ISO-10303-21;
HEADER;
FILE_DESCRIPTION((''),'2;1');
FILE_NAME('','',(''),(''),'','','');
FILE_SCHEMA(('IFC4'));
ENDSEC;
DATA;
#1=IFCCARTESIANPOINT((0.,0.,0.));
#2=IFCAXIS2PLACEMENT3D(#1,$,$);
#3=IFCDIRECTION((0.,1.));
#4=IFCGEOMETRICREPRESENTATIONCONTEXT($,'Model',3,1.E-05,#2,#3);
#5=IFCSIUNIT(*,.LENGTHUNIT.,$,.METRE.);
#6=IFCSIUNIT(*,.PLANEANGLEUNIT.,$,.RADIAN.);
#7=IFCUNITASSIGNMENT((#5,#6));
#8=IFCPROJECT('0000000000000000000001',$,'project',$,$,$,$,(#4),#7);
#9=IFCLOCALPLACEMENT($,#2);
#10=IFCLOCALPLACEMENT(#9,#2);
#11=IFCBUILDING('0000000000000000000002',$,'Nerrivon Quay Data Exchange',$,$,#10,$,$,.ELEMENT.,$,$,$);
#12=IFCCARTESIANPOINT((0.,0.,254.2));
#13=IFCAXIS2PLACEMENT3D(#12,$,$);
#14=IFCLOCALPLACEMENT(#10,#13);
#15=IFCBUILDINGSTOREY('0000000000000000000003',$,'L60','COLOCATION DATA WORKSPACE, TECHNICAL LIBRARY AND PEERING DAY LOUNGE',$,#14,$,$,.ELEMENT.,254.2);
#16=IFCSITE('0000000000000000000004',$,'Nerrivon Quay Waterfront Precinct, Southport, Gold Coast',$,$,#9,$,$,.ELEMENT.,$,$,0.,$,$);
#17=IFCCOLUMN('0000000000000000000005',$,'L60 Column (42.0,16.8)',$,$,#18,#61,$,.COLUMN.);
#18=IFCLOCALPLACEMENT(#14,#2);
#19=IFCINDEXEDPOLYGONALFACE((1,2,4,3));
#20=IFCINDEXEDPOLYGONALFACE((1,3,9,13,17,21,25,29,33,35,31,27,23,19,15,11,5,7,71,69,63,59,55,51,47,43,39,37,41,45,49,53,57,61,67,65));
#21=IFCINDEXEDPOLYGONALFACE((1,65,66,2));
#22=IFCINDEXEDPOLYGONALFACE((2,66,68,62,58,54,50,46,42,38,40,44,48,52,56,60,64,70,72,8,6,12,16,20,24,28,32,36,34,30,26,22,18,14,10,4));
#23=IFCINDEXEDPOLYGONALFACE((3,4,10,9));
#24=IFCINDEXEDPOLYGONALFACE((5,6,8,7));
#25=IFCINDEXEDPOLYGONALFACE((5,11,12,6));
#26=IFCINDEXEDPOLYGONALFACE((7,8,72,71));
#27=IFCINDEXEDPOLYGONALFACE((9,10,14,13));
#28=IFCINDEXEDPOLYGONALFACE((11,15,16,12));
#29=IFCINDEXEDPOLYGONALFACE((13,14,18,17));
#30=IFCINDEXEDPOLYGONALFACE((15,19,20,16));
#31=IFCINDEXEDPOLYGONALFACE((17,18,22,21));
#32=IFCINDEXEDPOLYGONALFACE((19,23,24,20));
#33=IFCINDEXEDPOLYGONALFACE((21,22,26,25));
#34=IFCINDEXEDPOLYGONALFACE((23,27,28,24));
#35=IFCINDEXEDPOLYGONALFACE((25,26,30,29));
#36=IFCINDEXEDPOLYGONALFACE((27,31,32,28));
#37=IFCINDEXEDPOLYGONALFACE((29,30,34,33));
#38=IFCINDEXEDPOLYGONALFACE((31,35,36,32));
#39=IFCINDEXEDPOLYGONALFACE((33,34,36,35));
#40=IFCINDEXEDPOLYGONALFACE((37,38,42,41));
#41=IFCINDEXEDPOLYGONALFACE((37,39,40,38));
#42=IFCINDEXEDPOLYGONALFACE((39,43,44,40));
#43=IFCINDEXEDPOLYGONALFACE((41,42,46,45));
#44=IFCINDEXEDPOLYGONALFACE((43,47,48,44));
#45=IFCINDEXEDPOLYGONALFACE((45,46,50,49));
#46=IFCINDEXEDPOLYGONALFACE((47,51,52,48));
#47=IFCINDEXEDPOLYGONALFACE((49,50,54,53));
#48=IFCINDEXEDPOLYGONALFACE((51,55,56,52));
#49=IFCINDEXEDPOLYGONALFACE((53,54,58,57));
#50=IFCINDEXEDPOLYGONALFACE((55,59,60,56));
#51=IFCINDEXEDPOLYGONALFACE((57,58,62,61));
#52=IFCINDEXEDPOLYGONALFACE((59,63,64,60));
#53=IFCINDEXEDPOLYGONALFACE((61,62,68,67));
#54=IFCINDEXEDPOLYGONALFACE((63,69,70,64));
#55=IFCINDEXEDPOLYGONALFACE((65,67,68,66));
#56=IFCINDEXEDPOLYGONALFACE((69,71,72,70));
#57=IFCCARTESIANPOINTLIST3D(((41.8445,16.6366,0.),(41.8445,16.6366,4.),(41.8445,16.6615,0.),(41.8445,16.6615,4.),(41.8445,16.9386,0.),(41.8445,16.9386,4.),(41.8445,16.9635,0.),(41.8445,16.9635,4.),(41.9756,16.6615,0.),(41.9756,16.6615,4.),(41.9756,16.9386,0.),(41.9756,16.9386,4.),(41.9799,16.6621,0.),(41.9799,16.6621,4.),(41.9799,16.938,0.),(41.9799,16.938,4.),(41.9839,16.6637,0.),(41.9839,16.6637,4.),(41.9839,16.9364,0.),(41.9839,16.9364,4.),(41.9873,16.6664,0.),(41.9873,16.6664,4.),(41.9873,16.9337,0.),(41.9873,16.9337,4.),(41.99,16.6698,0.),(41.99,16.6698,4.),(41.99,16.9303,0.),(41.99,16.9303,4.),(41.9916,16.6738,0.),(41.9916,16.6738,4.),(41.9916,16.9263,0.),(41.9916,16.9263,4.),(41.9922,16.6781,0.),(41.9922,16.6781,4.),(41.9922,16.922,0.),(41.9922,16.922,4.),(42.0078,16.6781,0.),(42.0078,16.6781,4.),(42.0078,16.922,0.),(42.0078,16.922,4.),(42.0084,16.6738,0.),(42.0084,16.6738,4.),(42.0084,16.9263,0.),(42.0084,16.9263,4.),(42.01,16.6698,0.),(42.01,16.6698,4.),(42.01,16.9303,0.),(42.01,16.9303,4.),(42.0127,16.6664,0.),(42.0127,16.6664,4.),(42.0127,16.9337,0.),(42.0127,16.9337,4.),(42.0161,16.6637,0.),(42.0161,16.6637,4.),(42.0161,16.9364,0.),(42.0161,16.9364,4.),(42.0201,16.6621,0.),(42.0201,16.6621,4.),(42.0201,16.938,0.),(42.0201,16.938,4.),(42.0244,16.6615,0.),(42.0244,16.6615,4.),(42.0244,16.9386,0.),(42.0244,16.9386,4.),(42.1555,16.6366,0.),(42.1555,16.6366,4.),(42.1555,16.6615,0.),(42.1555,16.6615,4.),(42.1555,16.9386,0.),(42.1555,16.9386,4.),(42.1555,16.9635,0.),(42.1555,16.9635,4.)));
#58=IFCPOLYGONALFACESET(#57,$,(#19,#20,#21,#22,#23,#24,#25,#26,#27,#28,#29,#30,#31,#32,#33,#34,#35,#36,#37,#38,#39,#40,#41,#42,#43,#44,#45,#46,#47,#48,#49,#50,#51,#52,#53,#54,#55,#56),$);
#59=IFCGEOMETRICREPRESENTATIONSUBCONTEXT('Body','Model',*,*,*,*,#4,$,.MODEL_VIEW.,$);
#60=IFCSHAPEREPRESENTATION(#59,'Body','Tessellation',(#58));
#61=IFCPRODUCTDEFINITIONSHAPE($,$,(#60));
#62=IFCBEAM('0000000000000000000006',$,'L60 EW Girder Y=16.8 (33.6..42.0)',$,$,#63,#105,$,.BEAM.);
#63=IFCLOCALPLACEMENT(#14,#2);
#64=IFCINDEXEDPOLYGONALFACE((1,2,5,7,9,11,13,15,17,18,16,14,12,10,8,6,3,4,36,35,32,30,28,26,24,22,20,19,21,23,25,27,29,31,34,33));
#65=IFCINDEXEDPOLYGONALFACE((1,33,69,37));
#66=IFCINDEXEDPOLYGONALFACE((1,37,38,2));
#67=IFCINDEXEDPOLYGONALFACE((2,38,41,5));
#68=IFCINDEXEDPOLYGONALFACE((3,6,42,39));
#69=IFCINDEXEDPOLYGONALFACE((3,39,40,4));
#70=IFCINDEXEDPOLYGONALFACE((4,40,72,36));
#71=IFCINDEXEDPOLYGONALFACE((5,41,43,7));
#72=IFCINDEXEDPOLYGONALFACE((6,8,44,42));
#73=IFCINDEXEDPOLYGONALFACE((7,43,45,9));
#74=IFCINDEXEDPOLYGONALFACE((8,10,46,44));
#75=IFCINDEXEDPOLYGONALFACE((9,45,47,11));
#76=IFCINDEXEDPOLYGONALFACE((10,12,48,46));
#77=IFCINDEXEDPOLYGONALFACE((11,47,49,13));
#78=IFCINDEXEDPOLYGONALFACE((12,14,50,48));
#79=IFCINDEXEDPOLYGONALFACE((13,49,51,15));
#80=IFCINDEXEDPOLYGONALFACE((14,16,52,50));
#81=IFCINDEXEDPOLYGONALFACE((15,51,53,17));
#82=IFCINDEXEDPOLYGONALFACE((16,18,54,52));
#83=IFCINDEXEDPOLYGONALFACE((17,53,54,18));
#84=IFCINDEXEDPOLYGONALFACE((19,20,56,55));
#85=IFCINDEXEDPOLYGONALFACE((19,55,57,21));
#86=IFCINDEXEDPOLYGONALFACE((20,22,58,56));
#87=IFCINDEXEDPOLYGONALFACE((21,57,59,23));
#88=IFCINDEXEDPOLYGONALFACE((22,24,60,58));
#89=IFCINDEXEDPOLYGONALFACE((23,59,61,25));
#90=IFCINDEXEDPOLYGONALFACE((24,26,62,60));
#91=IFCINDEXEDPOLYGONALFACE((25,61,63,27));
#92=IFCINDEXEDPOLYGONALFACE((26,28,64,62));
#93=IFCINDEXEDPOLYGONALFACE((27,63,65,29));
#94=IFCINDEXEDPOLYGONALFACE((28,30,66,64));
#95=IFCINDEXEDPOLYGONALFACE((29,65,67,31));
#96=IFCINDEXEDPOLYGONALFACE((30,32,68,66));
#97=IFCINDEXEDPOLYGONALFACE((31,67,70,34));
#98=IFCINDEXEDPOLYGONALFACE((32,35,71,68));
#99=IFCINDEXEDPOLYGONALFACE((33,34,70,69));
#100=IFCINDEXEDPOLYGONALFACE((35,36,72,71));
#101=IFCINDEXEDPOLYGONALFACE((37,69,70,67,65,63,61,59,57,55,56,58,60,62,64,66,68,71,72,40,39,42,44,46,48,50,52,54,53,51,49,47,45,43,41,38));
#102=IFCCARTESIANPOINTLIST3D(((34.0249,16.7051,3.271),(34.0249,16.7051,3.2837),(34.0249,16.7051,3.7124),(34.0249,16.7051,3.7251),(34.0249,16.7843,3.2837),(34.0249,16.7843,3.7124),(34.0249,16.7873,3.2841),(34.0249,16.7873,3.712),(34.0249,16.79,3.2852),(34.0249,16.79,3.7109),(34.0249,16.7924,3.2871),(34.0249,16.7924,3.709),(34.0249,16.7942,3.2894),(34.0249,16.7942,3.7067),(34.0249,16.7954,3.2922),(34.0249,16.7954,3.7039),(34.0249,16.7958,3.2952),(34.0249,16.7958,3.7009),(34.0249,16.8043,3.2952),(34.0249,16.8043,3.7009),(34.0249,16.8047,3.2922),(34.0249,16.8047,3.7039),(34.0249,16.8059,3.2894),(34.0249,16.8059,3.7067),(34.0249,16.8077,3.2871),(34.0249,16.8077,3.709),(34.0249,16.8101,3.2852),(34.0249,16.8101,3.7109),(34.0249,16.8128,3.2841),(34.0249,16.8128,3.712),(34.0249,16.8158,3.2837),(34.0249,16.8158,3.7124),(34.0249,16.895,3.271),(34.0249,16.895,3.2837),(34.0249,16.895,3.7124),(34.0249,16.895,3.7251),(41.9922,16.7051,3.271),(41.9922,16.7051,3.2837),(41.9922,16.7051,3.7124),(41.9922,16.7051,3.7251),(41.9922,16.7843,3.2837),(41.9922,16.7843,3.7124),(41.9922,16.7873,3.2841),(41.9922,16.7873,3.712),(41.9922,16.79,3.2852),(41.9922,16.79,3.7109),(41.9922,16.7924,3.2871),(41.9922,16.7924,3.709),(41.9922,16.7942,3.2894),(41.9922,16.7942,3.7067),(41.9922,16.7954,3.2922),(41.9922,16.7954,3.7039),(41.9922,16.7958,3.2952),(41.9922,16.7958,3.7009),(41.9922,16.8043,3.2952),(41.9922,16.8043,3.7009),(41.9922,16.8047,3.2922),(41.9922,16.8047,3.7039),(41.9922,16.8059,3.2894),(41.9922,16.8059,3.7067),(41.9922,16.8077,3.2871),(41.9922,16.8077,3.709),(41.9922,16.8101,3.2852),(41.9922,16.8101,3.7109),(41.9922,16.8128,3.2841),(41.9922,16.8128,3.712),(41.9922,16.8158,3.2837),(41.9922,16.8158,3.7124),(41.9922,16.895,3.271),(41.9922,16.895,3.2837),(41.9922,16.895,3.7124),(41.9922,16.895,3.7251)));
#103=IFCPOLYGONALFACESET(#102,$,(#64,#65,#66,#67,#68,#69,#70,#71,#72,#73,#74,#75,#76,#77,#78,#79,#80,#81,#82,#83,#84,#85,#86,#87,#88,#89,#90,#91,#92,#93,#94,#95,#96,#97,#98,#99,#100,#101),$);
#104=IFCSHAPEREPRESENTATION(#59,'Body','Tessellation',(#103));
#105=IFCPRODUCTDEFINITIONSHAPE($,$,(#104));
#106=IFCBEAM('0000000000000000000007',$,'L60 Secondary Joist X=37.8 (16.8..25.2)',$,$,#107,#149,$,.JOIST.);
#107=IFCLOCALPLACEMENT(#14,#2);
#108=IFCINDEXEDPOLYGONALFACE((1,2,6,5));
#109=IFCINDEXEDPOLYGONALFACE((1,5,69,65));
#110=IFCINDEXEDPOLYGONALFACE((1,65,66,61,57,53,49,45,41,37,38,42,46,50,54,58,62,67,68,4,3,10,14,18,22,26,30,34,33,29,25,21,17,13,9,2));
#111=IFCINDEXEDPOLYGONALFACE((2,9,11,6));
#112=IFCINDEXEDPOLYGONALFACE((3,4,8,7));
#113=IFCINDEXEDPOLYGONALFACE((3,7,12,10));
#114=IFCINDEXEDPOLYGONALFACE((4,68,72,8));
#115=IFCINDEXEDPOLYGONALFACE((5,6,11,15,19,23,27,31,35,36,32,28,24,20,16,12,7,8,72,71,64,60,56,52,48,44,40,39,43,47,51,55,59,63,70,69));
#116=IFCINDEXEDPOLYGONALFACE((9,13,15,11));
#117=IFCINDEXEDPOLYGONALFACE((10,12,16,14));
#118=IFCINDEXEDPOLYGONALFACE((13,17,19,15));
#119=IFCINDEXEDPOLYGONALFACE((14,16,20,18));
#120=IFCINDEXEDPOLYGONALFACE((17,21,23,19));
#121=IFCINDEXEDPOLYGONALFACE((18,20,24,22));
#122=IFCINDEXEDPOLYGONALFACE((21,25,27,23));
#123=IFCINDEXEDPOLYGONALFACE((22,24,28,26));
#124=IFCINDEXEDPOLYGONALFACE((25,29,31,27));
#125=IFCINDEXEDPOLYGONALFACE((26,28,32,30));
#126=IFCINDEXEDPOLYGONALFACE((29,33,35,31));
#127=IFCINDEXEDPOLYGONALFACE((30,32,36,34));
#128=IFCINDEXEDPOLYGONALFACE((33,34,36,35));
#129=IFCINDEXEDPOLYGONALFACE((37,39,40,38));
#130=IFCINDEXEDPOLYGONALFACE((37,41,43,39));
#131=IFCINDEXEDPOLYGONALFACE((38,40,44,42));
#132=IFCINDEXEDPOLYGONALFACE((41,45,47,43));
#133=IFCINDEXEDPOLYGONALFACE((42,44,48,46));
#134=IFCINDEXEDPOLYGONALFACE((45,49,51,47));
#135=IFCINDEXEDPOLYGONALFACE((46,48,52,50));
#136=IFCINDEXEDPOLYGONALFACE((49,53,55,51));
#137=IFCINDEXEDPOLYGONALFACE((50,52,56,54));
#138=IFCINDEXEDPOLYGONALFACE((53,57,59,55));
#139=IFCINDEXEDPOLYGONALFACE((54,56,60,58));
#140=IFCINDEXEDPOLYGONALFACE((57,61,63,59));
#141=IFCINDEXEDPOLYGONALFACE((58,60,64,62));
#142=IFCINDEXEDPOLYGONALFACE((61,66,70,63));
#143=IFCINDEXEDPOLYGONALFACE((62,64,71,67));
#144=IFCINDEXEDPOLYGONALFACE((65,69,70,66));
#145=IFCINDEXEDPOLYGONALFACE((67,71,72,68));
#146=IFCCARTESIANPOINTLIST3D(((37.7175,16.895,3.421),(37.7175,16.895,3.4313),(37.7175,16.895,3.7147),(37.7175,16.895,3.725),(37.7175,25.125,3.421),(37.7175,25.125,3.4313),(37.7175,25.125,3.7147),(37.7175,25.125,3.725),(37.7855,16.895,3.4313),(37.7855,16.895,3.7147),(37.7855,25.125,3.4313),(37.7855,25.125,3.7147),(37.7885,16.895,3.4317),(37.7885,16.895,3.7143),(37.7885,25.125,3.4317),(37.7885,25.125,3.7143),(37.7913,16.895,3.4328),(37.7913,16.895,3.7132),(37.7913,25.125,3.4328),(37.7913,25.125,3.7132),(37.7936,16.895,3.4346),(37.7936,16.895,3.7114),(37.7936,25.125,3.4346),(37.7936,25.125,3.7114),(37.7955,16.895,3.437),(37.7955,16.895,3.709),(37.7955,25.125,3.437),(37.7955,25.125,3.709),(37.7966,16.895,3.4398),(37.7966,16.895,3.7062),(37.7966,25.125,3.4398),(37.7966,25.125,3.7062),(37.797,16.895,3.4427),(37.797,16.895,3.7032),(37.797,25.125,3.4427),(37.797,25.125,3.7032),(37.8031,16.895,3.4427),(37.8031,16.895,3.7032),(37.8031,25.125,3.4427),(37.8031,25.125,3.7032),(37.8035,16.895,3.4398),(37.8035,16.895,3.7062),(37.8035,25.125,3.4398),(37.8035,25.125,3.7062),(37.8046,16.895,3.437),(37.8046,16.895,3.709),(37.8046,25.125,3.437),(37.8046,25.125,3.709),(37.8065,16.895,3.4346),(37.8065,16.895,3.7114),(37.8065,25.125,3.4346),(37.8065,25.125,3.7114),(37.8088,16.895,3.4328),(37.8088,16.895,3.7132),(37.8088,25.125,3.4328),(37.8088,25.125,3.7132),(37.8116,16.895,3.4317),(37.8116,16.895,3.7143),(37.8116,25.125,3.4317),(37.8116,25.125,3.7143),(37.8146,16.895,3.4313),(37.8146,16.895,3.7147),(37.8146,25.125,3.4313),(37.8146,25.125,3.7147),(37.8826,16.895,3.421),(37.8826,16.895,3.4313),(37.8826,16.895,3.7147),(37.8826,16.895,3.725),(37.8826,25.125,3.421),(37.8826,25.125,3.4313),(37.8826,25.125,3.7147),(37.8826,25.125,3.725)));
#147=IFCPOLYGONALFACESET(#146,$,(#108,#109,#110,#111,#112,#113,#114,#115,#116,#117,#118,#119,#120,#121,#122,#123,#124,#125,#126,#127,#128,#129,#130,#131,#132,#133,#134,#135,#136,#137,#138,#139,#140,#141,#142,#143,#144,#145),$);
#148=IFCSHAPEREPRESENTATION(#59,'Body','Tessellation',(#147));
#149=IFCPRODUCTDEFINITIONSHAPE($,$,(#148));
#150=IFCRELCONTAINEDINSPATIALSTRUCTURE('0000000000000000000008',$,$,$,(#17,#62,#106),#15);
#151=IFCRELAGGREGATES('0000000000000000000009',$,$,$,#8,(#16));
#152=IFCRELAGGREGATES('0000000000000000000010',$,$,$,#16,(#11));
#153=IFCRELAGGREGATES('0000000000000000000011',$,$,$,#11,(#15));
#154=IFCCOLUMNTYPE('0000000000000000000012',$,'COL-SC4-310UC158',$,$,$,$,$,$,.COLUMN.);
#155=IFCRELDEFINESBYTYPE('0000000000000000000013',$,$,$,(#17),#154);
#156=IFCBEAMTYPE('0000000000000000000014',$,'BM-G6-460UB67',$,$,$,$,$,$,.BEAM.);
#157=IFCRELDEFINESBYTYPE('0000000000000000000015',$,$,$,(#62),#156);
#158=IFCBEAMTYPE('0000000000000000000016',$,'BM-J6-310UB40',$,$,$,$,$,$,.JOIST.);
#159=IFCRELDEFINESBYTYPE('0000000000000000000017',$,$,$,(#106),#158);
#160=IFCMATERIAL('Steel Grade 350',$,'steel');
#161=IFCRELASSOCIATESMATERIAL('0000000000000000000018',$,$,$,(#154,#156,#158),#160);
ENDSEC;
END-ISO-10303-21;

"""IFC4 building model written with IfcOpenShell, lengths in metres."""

from ifc_helpers import new_model, si_unit, direction, frame, origin, origin_2d, place, context, subcontext, project, spatial, i_section, extrude, material, material_profile, profile_set, type_object, element, save


model = new_model("IFC4")

# Units and contexts
model_context = context("Model", 3, precision=1e-05, world=origin(), true_north=direction((0.0, 1.0)))
body_context = subcontext(model_context, "Body", "Model", "MODEL_VIEW")
ifc_project = project(units=[si_unit("LENGTHUNIT", "METRE"), si_unit("PLANEANGLEUNIT", "RADIAN")], contexts=[model_context])

# Site, building, storey
site_placement = place(None, origin())
site = spatial("IfcSite", under=ifc_project, at=site_placement, Name="Nerrivon Quay Waterfront Precinct, Southport, Gold Coast", CompositionType="ELEMENT", RefElevation=0.0)
building_placement = place(site_placement, origin())
building = spatial("IfcBuilding", under=site, at=building_placement, Name="Nerrivon Quay Data Exchange", CompositionType="ELEMENT")
storey_placement = place(building_placement, frame((0.0, 0.0, 254.2)))
storey = spatial("IfcBuildingStorey", under=building, at=storey_placement, Name="L60", Description="COLOCATION DATA WORKSPACE, TECHNICAL LIBRARY AND PEERING DAY LOUNGE", CompositionType="ELEMENT", Elevation=254.2)

# Column
ifc_material_1 = material(Name="Steel Grade 350", Category="steel")
ifc_material_profile_1 = material_profile(ifc_material_1, i_section(OverallWidth=0.311, OverallDepth=0.3269, WebThickness=0.0156, FlangeThickness=0.0249, FilletRadius=0.0166, at=origin_2d()), Name="310UC158")
ifc_profile_set_1 = profile_set([ifc_material_profile_1], Name="Steel Grade 350")
column_type = type_object("IfcColumnType", Name="COL-SC4-310UC158", PredefinedType="COLUMN", material=ifc_profile_set_1)
column_placement = place(storey_placement, frame((42.0, 16.8, 0.0), z_axis=(0.0, 0.0, 1.0), x_axis=(1.0, 0.0, 0.0)))
element("IfcColumn", 1, at=column_placement, inside=storey, type_object=column_type, Name="L60 Column (42.0,16.8)", PredefinedType="COLUMN", context=body_context, shape_type="SweptSolid", body=[
    extrude(i_section(OverallWidth=0.311, OverallDepth=0.3269, WebThickness=0.0156, FlangeThickness=0.0249, FilletRadius=0.0166, at=origin_2d()), origin(), (0.0, 0.0, 1.0), 4.0),
])

# Beams
ifc_material_profile_2 = material_profile(ifc_material_1, i_section(OverallWidth=0.1899, OverallDepth=0.4541, WebThickness=0.0085, FlangeThickness=0.0127, FilletRadius=0.0115, at=origin_2d()), Name="460UB67.1")
ifc_profile_set_2 = profile_set([ifc_material_profile_2], Name="Steel Grade 350")
beam_type_1 = type_object("IfcBeamType", Name="BM-G6-460UB67", PredefinedType="BEAM", material=ifc_profile_set_2)
beam_1_placement = place(storey_placement, frame((34.0249, 16.8, 3.498), z_axis=(1.0, 0.0, 0.0), x_axis=(0.0, 1.0, 0.0)))
element("IfcBeam", 2, at=beam_1_placement, inside=storey, type_object=beam_type_1, Name="L60 EW Girder Y=16.8 (33.6..42.0)", PredefinedType="BEAM", context=body_context, shape_type="SweptSolid", body=[
    extrude(i_section(OverallWidth=0.1899, OverallDepth=0.4541, WebThickness=0.0085, FlangeThickness=0.0127, FilletRadius=0.0115, at=origin_2d()), origin(), (0.0, 0.0, 1.0), 7.9673),
])
ifc_material_profile_3 = material_profile(ifc_material_1, i_section(OverallWidth=0.165, OverallDepth=0.304, WebThickness=0.0061, FlangeThickness=0.0103, FilletRadius=0.0115, at=origin_2d()), Name="310UB40.4")
ifc_profile_set_3 = profile_set([ifc_material_profile_3], Name="Steel Grade 350")
beam_type_2 = type_object("IfcBeamType", Name="BM-J6-310UB40", PredefinedType="JOIST", material=ifc_profile_set_3)
beam_2_placement = place(storey_placement, frame((37.8, 16.895, 3.573), z_axis=(0.0, 1.0, 0.0), x_axis=(-1.0, 0.0, 0.0)))
element("IfcBeam", 3, at=beam_2_placement, inside=storey, type_object=beam_type_2, Name="L60 Secondary Joist X=37.8 (16.8..25.2)", PredefinedType="JOIST", context=body_context, shape_type="SweptSolid", body=[
    extrude(i_section(OverallWidth=0.165, OverallDepth=0.304, WebThickness=0.0061, FlangeThickness=0.0103, FilletRadius=0.0115, at=origin_2d()), origin(), (0.0, 0.0, 1.0), 8.23),
])

save(model, "model.ifc")
